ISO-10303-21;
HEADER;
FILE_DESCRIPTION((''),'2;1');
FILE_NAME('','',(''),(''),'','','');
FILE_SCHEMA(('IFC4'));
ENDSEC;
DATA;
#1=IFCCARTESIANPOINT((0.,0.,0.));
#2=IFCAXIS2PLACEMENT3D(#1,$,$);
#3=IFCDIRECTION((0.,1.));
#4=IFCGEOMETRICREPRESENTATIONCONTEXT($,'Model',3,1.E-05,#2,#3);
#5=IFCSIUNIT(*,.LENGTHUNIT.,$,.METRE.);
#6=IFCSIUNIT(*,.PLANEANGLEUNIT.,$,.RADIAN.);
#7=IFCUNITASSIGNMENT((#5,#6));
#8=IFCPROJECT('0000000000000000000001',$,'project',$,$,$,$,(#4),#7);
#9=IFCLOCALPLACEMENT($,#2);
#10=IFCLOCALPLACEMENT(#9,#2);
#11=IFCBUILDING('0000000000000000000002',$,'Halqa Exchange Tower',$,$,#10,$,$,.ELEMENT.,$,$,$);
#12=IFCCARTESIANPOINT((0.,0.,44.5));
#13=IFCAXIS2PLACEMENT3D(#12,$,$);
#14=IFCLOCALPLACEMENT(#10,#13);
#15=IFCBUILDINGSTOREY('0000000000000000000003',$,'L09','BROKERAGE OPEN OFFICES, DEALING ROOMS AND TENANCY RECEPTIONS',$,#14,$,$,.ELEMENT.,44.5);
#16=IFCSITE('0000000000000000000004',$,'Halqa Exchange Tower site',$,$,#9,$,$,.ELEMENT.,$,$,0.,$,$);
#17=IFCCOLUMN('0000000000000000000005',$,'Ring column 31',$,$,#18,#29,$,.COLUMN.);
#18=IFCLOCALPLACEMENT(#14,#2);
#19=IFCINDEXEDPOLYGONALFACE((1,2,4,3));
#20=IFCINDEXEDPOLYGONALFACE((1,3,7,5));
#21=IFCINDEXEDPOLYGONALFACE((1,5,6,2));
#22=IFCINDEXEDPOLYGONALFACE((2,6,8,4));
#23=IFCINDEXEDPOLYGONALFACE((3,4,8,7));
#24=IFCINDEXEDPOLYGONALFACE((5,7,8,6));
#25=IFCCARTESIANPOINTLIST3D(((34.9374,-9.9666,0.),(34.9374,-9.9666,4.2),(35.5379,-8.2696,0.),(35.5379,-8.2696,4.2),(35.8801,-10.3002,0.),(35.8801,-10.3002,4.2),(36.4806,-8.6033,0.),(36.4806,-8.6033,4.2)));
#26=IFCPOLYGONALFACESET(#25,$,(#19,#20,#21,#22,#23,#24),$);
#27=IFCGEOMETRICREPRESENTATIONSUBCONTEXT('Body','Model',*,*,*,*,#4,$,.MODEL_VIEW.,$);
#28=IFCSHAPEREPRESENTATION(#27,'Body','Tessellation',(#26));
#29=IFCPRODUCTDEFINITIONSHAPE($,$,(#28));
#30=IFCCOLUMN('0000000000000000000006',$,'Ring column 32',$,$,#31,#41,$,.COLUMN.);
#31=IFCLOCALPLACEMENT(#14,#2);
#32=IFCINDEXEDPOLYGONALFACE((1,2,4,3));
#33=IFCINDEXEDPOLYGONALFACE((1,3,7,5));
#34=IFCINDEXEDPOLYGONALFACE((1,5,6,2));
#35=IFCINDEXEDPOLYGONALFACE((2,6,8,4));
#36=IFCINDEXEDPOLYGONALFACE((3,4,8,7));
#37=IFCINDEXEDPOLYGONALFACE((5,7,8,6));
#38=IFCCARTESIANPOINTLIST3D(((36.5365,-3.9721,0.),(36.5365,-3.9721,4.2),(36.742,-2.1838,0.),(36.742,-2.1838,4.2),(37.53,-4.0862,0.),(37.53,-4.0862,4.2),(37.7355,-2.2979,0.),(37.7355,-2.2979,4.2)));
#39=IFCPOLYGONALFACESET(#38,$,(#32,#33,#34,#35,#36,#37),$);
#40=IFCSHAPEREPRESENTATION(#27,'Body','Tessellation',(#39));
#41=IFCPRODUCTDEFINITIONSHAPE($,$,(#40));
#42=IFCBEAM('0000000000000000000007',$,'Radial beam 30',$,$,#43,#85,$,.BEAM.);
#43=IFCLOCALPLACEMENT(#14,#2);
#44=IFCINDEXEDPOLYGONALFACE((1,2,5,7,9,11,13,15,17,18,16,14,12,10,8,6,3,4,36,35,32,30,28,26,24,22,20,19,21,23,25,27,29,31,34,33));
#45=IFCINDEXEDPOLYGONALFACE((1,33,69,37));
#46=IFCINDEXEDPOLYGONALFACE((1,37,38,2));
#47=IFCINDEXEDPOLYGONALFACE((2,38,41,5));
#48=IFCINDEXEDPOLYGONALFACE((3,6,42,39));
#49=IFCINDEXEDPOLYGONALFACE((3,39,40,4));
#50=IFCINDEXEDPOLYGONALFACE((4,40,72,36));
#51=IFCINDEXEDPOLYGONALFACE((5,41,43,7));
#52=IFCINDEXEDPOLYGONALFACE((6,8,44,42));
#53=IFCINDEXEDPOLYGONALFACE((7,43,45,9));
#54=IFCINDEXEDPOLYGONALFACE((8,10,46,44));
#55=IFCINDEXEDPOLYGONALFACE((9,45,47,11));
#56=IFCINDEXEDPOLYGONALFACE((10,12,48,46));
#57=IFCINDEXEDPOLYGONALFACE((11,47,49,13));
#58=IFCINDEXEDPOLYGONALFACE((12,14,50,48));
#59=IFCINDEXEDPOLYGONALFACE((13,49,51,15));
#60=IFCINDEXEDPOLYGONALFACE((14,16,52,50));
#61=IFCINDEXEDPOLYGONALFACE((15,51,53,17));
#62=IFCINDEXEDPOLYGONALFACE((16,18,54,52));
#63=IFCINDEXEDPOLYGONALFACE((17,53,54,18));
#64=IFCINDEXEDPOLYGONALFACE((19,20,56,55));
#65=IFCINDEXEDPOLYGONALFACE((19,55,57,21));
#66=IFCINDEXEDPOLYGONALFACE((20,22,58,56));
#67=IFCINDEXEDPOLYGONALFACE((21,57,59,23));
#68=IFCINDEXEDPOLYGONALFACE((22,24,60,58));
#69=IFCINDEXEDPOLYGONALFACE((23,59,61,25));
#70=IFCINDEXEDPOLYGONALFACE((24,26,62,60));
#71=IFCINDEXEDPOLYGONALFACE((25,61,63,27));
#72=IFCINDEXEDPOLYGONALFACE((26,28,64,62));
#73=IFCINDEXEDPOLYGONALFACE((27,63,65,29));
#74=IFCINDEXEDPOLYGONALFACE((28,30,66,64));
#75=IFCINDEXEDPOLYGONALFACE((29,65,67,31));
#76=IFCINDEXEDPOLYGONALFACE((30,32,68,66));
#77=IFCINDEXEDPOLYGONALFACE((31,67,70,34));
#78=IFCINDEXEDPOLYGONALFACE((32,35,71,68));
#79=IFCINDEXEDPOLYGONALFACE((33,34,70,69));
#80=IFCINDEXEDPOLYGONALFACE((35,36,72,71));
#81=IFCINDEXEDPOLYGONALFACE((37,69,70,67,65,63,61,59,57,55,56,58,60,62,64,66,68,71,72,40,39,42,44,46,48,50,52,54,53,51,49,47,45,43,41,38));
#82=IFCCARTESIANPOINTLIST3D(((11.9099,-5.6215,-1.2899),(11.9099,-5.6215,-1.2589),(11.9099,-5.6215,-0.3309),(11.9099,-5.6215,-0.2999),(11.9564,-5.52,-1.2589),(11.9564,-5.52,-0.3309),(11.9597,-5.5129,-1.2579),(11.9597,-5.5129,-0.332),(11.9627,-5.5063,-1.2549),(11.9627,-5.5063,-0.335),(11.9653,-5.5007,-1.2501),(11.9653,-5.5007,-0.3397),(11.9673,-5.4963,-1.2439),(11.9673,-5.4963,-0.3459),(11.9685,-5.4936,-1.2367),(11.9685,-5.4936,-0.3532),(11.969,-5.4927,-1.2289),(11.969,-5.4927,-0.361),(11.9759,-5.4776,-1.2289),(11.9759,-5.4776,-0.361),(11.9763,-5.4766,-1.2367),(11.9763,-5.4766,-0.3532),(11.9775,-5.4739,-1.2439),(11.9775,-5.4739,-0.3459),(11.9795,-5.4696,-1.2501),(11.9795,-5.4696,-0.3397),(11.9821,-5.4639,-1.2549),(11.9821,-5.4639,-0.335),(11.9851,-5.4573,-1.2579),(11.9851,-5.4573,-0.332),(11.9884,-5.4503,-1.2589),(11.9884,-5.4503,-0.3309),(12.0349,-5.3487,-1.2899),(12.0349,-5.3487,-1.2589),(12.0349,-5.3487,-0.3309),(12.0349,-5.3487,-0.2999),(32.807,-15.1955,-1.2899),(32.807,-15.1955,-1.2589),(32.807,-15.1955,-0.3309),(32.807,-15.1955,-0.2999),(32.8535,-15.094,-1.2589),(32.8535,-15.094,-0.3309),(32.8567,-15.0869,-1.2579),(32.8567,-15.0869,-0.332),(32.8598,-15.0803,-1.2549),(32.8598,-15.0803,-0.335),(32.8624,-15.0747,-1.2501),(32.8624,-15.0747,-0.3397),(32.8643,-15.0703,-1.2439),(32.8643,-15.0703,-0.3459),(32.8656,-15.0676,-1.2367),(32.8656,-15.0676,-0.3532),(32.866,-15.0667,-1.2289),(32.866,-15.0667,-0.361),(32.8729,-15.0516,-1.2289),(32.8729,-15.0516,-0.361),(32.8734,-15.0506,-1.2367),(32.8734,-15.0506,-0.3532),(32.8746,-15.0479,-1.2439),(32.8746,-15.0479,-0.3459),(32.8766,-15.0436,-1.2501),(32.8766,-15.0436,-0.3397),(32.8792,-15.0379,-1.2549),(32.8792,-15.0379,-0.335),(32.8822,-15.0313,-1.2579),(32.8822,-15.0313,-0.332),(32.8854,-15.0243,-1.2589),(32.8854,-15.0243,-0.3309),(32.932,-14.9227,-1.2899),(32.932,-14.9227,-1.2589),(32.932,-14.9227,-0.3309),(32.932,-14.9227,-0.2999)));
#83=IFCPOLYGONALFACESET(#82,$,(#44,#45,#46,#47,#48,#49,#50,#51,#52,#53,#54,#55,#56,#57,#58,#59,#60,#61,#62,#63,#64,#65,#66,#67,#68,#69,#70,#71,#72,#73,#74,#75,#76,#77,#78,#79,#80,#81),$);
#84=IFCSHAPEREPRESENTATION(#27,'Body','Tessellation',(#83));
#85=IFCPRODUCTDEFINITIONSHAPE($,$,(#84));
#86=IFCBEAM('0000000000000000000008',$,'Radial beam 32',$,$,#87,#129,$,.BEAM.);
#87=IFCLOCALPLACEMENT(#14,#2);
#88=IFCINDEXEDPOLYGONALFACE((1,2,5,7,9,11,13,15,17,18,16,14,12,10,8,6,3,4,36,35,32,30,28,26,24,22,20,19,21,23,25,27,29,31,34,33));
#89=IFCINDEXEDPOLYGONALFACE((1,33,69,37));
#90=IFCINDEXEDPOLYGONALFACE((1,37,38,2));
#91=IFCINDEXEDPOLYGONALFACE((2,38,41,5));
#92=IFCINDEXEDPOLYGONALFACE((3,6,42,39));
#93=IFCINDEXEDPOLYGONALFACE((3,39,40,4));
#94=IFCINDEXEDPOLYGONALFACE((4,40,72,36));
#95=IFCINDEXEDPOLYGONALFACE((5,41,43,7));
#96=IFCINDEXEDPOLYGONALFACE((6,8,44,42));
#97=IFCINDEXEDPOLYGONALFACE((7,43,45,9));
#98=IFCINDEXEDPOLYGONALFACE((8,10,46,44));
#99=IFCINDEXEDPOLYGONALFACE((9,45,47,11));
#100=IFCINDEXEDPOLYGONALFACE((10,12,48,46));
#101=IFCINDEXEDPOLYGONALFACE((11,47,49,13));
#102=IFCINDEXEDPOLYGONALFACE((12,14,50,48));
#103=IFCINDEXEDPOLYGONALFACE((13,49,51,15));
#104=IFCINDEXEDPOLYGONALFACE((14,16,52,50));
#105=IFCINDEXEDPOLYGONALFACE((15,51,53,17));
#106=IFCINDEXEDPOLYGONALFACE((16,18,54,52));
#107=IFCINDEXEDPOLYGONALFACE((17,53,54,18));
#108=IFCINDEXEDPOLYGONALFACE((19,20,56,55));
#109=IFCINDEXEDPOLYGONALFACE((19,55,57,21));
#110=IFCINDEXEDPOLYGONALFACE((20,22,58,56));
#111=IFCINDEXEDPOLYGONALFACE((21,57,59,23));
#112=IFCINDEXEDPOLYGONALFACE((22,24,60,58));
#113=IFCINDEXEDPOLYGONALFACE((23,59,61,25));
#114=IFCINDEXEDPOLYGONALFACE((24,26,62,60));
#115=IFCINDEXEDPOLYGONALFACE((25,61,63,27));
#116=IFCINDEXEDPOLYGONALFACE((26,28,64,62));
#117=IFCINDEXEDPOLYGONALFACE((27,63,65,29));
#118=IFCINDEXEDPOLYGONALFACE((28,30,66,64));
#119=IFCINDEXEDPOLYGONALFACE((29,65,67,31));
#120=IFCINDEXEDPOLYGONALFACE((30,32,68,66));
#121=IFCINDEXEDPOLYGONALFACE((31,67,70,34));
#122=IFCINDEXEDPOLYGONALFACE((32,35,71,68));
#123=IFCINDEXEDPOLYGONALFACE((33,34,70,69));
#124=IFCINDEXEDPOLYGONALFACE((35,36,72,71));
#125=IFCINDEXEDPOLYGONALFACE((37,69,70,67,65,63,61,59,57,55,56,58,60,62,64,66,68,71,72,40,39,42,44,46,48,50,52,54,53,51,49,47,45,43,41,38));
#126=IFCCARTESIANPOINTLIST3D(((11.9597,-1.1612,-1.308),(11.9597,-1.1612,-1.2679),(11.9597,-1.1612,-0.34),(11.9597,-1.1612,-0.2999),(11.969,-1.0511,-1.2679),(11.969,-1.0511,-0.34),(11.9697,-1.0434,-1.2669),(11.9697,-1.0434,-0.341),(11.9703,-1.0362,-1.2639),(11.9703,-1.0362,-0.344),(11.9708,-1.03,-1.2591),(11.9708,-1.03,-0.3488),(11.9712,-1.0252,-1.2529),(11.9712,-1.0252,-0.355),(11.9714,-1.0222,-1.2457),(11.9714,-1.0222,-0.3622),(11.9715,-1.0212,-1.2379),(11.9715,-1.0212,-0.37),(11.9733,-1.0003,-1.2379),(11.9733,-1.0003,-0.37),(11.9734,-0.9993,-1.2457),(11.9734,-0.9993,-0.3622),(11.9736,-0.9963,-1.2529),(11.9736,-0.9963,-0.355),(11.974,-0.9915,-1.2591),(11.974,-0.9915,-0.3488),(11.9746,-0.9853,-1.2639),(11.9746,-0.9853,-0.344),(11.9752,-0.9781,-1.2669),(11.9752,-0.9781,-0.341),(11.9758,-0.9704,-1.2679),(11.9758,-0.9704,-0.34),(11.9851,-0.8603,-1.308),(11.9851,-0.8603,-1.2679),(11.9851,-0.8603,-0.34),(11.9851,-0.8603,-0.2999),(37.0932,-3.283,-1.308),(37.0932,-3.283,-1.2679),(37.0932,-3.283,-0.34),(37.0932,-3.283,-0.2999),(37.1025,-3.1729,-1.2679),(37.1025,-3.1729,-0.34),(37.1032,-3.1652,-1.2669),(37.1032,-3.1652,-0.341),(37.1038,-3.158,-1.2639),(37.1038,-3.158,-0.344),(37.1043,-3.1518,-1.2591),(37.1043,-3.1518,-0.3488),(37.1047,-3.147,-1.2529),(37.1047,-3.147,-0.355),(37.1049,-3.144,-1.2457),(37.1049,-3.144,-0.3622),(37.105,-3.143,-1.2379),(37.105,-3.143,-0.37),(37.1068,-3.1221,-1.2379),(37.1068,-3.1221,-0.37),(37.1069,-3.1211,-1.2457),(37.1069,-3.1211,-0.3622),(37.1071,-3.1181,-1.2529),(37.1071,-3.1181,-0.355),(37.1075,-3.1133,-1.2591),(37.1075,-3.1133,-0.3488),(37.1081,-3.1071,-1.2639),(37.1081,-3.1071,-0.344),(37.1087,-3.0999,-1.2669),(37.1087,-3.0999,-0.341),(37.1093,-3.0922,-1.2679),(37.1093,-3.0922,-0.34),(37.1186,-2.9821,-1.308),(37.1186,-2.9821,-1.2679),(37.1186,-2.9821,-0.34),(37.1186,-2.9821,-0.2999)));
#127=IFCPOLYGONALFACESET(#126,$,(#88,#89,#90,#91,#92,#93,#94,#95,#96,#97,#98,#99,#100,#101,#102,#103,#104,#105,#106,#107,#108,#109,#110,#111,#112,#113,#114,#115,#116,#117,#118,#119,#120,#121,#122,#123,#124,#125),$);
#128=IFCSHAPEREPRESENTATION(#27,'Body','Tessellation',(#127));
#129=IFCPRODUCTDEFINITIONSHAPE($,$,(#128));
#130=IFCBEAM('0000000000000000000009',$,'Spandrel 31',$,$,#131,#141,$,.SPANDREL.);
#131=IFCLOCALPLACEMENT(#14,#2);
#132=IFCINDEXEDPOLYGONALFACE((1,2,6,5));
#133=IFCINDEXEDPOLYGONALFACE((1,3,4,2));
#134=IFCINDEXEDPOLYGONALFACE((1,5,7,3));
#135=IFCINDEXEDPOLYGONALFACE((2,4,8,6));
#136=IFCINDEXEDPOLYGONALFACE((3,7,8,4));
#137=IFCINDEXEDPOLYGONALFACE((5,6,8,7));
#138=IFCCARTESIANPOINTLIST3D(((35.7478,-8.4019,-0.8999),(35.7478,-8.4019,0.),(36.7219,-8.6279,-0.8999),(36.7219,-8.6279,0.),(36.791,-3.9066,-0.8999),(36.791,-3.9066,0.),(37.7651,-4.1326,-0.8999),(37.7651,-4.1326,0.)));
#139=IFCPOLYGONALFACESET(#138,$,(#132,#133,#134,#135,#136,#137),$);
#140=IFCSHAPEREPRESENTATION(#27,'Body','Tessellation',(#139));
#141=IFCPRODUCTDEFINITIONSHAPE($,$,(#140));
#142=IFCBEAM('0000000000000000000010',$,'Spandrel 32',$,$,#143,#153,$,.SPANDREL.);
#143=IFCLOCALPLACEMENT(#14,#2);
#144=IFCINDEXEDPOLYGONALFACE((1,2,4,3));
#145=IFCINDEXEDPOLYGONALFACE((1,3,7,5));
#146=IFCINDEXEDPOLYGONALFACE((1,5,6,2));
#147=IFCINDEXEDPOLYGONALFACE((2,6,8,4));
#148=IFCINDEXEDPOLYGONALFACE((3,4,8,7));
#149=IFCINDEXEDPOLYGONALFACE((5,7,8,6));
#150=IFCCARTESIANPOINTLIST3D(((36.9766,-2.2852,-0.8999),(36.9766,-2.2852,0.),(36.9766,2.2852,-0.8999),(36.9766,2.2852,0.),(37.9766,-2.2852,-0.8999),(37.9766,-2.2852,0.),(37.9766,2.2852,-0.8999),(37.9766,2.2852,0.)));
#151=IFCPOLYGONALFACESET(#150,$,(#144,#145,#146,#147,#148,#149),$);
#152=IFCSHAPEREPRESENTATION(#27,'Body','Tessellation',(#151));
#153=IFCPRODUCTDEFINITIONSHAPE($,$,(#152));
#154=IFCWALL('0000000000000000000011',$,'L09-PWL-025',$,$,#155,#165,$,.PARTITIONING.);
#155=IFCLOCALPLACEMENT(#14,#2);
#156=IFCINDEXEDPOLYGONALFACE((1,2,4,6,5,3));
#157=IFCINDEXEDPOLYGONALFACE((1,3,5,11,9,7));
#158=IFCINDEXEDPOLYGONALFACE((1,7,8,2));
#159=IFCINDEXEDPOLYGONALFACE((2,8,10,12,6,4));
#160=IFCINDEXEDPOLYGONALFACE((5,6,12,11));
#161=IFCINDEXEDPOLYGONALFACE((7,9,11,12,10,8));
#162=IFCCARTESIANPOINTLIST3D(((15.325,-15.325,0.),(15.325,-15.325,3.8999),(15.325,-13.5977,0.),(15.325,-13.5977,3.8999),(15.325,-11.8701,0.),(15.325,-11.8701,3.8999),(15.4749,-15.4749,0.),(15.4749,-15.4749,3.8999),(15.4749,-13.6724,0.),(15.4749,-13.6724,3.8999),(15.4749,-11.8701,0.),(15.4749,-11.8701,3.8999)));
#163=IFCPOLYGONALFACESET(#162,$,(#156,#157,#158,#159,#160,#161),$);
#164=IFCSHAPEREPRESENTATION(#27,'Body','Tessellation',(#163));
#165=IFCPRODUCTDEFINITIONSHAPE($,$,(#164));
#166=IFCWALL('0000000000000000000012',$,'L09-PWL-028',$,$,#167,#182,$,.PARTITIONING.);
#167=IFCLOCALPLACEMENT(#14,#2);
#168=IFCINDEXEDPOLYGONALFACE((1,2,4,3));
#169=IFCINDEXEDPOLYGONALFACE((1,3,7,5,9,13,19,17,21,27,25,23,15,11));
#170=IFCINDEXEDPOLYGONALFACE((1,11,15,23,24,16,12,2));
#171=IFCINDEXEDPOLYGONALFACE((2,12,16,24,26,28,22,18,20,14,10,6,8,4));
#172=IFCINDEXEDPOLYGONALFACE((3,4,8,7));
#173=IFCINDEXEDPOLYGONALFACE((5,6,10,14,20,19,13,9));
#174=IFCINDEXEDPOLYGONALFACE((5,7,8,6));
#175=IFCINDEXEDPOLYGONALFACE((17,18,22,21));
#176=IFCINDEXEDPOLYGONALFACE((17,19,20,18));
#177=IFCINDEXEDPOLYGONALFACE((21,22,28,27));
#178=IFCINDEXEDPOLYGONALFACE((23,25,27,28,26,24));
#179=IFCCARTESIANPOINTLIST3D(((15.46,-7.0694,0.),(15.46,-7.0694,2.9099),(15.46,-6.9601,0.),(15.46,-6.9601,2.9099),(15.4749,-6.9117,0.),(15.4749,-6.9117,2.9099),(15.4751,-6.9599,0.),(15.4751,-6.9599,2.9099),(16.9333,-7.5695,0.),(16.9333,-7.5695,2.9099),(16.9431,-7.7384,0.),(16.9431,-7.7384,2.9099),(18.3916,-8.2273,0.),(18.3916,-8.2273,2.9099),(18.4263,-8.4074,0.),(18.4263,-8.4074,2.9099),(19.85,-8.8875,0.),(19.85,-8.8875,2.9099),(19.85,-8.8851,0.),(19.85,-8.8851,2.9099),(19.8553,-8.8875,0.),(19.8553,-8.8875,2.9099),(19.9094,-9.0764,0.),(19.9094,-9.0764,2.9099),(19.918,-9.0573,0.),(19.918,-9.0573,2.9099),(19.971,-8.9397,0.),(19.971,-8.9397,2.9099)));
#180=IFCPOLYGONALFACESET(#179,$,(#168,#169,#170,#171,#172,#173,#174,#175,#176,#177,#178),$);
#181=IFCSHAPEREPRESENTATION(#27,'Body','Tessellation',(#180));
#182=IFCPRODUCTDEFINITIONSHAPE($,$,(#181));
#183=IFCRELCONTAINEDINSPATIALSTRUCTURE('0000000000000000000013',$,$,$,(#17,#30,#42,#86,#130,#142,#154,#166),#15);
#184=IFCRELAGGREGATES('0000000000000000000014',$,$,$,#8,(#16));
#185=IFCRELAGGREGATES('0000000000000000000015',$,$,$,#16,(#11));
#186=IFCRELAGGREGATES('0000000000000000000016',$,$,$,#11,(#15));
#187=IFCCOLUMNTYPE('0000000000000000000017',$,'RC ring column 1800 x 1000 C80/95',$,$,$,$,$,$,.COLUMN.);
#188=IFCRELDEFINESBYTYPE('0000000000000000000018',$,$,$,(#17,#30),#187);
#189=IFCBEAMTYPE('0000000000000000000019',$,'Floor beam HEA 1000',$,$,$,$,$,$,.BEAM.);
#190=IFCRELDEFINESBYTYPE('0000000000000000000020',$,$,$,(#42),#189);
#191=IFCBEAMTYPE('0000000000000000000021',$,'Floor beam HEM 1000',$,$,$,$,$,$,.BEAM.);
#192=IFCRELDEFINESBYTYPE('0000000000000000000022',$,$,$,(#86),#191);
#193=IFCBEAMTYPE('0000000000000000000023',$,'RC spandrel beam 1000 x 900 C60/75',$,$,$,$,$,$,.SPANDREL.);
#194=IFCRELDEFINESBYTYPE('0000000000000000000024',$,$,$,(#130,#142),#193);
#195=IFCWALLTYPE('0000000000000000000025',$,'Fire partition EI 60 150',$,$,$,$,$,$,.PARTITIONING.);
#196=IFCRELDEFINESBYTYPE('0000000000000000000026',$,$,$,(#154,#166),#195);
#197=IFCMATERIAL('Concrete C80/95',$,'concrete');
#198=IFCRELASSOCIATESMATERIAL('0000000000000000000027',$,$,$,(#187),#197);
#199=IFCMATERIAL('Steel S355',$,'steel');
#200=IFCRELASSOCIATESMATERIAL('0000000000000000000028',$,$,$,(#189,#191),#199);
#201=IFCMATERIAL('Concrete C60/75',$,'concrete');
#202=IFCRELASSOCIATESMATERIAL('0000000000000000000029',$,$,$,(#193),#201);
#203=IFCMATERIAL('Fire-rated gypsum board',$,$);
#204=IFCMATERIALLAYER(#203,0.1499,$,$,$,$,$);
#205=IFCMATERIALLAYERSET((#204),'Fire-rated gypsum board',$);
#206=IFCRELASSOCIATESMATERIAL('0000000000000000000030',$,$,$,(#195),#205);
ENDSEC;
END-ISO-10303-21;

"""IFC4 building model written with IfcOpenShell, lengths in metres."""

from ifc_helpers import new_model, si_unit, direction, frame, origin, origin_2d, place, context, subcontext, project, spatial, polyline, rectangle, i_section, outline, extrude, material, layer, layer_set, material_profile, profile_set, type_object, element, save


model = new_model("IFC4")

# Units and contexts
model_context = context("Model", 3, precision=1e-05, world=origin(), true_north=direction((0.0, 1.0)))
body_context = subcontext(model_context, "Body", "Model", "MODEL_VIEW")
ifc_project = project(units=[si_unit("LENGTHUNIT", "METRE"), si_unit("PLANEANGLEUNIT", "RADIAN")], contexts=[model_context])

# Site, building, storey
site_placement = place(None, origin())
site = spatial("IfcSite", under=ifc_project, at=site_placement, Name="Halqa Exchange Tower site", CompositionType="ELEMENT", RefElevation=0.0)
building_placement = place(site_placement, origin())
building = spatial("IfcBuilding", under=site, at=building_placement, Name="Halqa Exchange Tower", CompositionType="ELEMENT")
storey_placement = place(building_placement, frame((0.0, 0.0, 44.5)))
storey = spatial("IfcBuildingStorey", under=building, at=storey_placement, Name="L09", Description="BROKERAGE OPEN OFFICES, DEALING ROOMS AND TENANCY RECEPTIONS", CompositionType="ELEMENT", Elevation=44.5)

# Columns
ifc_material_1 = material(Name="Concrete C80/95", Category="concrete")
ifc_material_profile_1 = material_profile(ifc_material_1, rectangle(XDim=1.8, YDim=1.0, at=origin_2d()), Name="1800 x 1000")
ifc_profile_set_1 = profile_set([ifc_material_profile_1], Name="Concrete C80/95")
column_type = type_object("IfcColumnType", Name="RC ring column 1800 x 1000 C80/95", PredefinedType="COLUMN", material=ifc_profile_set_1)
for number, where, z_axis, x_axis, name in (
    (1, (35.709, -9.2849, 0.0), (0.0, 0.0, 1.0), (0.333628, 0.942705, 0.0), "Ring column 31"),
    (2, (37.136, -3.135, 0.0), (0.0, 0.0, 1.0), (0.114153, 0.993463, 0.0), "Ring column 32"),
):
    element("IfcColumn", number, at=place(storey_placement, frame(where, z_axis=z_axis, x_axis=x_axis)), inside=storey, type_object=column_type, Name=name, PredefinedType="COLUMN", context=body_context, shape_type="SweptSolid", body=[
        extrude(rectangle(XDim=1.8, YDim=1.0, at=origin_2d()), origin(), (0.0, 0.0, 1.0), 4.2),
    ])

# Beams
ifc_material_2 = material(Name="Steel S355", Category="steel")
ifc_material_profile_2 = material_profile(ifc_material_2, i_section(OverallWidth=0.3, OverallDepth=0.99, WebThickness=0.0166, FlangeThickness=0.031, FilletRadius=0.03, at=origin_2d()), Name="HEA 1000")
ifc_profile_set_2 = profile_set([ifc_material_profile_2], Name="Steel S355")
beam_type_1 = type_object("IfcBeamType", Name="Floor beam HEA 1000", PredefinedType="BEAM", material=ifc_profile_set_2)
beam_1_placement = place(storey_placement, frame((11.9724, -5.4851, -0.7949), z_axis=(0.909128, -0.416518, 0.0), x_axis=(0.416518, 0.909128, 0.0)))
element("IfcBeam", 3, at=beam_1_placement, inside=storey, type_object=beam_type_1, Name="Radial beam 30", PredefinedType="BEAM", context=body_context, shape_type="SweptSolid", body=[
    extrude(i_section(OverallWidth=0.3, OverallDepth=0.99, WebThickness=0.0166, FlangeThickness=0.031, FilletRadius=0.03, at=origin_2d()), origin(), (0.0, 0.0, 1.0), 22.9858),
])
ifc_material_profile_3 = material_profile(ifc_material_2, i_section(OverallWidth=0.302, OverallDepth=1.0081, WebThickness=0.021, FlangeThickness=0.04, FilletRadius=0.03, at=origin_2d()), Name="HEM 1000")
ifc_profile_set_3 = profile_set([ifc_material_profile_3], Name="Steel S355")
beam_type_2 = type_object("IfcBeamType", Name="Floor beam HEM 1000", PredefinedType="BEAM", material=ifc_profile_set_3)
beam_2_placement = place(storey_placement, frame((11.9724, -1.0107, -0.804), z_axis=(0.996455, -0.084123, 0.0), x_axis=(0.084123, 0.996455, 0.0)))
element("IfcBeam", 4, at=beam_2_placement, inside=storey, type_object=beam_type_2, Name="Radial beam 32", PredefinedType="BEAM", context=body_context, shape_type="SweptSolid", body=[
    extrude(i_section(OverallWidth=0.302, OverallDepth=1.0081, WebThickness=0.021, FlangeThickness=0.04, FilletRadius=0.03, at=origin_2d()), origin(), (0.0, 0.0, 1.0), 25.2229),
])
ifc_material_3 = material(Name="Concrete C60/75", Category="concrete")
ifc_material_profile_4 = material_profile(ifc_material_3, rectangle(XDim=1.0, YDim=0.8999, at=origin_2d()), Name="1000 x 900")
ifc_profile_set_4 = profile_set([ifc_material_profile_4], Name="Concrete C60/75")
beam_type_3 = type_object("IfcBeamType", Name="RC spandrel beam 1000 x 900 C60/75", PredefinedType="SPANDREL", material=ifc_profile_set_4)
beam_3_placement = place(storey_placement, frame((36.2349, -8.5149, -0.45), z_axis=(0.226057, 0.974114, 0.0), x_axis=(-0.974114, 0.226057, 0.0)))
element("IfcBeam", 5, at=beam_3_placement, inside=storey, type_object=beam_type_3, Name="Spandrel 31", PredefinedType="SPANDREL", context=body_context, shape_type="SweptSolid", body=[
    extrude(rectangle(XDim=1.0, YDim=0.8999, at=origin_2d()), origin(), (0.0, 0.0, 1.0), 4.6147),
])
beam_4_placement = place(storey_placement, frame((37.4766, -2.2852, -0.45), z_axis=(0.0, 1.0, 0.0), x_axis=(-1.0, 0.0, 0.0)))
element("IfcBeam", 6, at=beam_4_placement, inside=storey, type_object=beam_type_3, Name="Spandrel 32", PredefinedType="SPANDREL", context=body_context, shape_type="SweptSolid", body=[
    extrude(rectangle(XDim=1.0, YDim=0.8999, at=origin_2d()), origin(), (0.0, 0.0, 1.0), 4.5703),
])

# Wall
ifc_material_4 = material(Name="Fire-rated gypsum board")
ifc_layer_1 = layer(ifc_material_4, 0.1499)
ifc_layer_set_1 = layer_set([ifc_layer_1], Name="Fire-rated gypsum board")
wall_type_1 = type_object("IfcWallType", Name="Fire partition EI 60 150", PredefinedType="PARTITIONING", material=ifc_layer_set_1)
wall_1_placement = place(storey_placement, frame((15.3999, -11.8701, 0.0), z_axis=(0.0, 0.0, 1.0), x_axis=(0.0, -1.0, 0.0)))
element("IfcWall", 7, at=wall_1_placement, inside=storey, type_object=wall_type_1, Name="L09-PWL-025", PredefinedType="PARTITIONING", context=body_context, shape_type="SweptSolid", body=[
    extrude(outline(polyline([(0.0, -0.075), (1.7275, -0.075), (3.4548, -0.075), (3.6047, 0.075), (1.8022, 0.075), (0.0, 0.075), (0.0, -0.075)])), origin(), (0.0, 0.0, 1.0), 3.8999),
])

# Wall
wall_2_placement = place(storey_placement, frame((15.4441, -6.98, 0.0), z_axis=(0.0, 0.0, 1.0), x_axis=(0.911554, -0.41118, 0.0)))
element("IfcWall", 8, at=wall_2_placement, inside=storey, type_object=wall_type_1, Name="L09-PWL-028", PredefinedType="PARTITIONING", context=body_context, shape_type="SweptSolid", body=[
    extrude(outline(polyline([(0.0513, -0.075), (1.6782, -0.075), (3.3054, -0.075), (4.9324, -0.075), (4.9324, -0.054), (4.9324, 0.075), (4.8054, 0.075), (4.8005, 0.0728), (4.7996, 0.075), (3.1997, 0.075), (1.5999, 0.075), (0.0, 0.075), (0.02, 0.031), (0.0063, 0.0247), (0.0513, -0.075)])), origin(), (0.0, 0.0, 1.0), 2.9099),
])

save(model, "model.ifc")
